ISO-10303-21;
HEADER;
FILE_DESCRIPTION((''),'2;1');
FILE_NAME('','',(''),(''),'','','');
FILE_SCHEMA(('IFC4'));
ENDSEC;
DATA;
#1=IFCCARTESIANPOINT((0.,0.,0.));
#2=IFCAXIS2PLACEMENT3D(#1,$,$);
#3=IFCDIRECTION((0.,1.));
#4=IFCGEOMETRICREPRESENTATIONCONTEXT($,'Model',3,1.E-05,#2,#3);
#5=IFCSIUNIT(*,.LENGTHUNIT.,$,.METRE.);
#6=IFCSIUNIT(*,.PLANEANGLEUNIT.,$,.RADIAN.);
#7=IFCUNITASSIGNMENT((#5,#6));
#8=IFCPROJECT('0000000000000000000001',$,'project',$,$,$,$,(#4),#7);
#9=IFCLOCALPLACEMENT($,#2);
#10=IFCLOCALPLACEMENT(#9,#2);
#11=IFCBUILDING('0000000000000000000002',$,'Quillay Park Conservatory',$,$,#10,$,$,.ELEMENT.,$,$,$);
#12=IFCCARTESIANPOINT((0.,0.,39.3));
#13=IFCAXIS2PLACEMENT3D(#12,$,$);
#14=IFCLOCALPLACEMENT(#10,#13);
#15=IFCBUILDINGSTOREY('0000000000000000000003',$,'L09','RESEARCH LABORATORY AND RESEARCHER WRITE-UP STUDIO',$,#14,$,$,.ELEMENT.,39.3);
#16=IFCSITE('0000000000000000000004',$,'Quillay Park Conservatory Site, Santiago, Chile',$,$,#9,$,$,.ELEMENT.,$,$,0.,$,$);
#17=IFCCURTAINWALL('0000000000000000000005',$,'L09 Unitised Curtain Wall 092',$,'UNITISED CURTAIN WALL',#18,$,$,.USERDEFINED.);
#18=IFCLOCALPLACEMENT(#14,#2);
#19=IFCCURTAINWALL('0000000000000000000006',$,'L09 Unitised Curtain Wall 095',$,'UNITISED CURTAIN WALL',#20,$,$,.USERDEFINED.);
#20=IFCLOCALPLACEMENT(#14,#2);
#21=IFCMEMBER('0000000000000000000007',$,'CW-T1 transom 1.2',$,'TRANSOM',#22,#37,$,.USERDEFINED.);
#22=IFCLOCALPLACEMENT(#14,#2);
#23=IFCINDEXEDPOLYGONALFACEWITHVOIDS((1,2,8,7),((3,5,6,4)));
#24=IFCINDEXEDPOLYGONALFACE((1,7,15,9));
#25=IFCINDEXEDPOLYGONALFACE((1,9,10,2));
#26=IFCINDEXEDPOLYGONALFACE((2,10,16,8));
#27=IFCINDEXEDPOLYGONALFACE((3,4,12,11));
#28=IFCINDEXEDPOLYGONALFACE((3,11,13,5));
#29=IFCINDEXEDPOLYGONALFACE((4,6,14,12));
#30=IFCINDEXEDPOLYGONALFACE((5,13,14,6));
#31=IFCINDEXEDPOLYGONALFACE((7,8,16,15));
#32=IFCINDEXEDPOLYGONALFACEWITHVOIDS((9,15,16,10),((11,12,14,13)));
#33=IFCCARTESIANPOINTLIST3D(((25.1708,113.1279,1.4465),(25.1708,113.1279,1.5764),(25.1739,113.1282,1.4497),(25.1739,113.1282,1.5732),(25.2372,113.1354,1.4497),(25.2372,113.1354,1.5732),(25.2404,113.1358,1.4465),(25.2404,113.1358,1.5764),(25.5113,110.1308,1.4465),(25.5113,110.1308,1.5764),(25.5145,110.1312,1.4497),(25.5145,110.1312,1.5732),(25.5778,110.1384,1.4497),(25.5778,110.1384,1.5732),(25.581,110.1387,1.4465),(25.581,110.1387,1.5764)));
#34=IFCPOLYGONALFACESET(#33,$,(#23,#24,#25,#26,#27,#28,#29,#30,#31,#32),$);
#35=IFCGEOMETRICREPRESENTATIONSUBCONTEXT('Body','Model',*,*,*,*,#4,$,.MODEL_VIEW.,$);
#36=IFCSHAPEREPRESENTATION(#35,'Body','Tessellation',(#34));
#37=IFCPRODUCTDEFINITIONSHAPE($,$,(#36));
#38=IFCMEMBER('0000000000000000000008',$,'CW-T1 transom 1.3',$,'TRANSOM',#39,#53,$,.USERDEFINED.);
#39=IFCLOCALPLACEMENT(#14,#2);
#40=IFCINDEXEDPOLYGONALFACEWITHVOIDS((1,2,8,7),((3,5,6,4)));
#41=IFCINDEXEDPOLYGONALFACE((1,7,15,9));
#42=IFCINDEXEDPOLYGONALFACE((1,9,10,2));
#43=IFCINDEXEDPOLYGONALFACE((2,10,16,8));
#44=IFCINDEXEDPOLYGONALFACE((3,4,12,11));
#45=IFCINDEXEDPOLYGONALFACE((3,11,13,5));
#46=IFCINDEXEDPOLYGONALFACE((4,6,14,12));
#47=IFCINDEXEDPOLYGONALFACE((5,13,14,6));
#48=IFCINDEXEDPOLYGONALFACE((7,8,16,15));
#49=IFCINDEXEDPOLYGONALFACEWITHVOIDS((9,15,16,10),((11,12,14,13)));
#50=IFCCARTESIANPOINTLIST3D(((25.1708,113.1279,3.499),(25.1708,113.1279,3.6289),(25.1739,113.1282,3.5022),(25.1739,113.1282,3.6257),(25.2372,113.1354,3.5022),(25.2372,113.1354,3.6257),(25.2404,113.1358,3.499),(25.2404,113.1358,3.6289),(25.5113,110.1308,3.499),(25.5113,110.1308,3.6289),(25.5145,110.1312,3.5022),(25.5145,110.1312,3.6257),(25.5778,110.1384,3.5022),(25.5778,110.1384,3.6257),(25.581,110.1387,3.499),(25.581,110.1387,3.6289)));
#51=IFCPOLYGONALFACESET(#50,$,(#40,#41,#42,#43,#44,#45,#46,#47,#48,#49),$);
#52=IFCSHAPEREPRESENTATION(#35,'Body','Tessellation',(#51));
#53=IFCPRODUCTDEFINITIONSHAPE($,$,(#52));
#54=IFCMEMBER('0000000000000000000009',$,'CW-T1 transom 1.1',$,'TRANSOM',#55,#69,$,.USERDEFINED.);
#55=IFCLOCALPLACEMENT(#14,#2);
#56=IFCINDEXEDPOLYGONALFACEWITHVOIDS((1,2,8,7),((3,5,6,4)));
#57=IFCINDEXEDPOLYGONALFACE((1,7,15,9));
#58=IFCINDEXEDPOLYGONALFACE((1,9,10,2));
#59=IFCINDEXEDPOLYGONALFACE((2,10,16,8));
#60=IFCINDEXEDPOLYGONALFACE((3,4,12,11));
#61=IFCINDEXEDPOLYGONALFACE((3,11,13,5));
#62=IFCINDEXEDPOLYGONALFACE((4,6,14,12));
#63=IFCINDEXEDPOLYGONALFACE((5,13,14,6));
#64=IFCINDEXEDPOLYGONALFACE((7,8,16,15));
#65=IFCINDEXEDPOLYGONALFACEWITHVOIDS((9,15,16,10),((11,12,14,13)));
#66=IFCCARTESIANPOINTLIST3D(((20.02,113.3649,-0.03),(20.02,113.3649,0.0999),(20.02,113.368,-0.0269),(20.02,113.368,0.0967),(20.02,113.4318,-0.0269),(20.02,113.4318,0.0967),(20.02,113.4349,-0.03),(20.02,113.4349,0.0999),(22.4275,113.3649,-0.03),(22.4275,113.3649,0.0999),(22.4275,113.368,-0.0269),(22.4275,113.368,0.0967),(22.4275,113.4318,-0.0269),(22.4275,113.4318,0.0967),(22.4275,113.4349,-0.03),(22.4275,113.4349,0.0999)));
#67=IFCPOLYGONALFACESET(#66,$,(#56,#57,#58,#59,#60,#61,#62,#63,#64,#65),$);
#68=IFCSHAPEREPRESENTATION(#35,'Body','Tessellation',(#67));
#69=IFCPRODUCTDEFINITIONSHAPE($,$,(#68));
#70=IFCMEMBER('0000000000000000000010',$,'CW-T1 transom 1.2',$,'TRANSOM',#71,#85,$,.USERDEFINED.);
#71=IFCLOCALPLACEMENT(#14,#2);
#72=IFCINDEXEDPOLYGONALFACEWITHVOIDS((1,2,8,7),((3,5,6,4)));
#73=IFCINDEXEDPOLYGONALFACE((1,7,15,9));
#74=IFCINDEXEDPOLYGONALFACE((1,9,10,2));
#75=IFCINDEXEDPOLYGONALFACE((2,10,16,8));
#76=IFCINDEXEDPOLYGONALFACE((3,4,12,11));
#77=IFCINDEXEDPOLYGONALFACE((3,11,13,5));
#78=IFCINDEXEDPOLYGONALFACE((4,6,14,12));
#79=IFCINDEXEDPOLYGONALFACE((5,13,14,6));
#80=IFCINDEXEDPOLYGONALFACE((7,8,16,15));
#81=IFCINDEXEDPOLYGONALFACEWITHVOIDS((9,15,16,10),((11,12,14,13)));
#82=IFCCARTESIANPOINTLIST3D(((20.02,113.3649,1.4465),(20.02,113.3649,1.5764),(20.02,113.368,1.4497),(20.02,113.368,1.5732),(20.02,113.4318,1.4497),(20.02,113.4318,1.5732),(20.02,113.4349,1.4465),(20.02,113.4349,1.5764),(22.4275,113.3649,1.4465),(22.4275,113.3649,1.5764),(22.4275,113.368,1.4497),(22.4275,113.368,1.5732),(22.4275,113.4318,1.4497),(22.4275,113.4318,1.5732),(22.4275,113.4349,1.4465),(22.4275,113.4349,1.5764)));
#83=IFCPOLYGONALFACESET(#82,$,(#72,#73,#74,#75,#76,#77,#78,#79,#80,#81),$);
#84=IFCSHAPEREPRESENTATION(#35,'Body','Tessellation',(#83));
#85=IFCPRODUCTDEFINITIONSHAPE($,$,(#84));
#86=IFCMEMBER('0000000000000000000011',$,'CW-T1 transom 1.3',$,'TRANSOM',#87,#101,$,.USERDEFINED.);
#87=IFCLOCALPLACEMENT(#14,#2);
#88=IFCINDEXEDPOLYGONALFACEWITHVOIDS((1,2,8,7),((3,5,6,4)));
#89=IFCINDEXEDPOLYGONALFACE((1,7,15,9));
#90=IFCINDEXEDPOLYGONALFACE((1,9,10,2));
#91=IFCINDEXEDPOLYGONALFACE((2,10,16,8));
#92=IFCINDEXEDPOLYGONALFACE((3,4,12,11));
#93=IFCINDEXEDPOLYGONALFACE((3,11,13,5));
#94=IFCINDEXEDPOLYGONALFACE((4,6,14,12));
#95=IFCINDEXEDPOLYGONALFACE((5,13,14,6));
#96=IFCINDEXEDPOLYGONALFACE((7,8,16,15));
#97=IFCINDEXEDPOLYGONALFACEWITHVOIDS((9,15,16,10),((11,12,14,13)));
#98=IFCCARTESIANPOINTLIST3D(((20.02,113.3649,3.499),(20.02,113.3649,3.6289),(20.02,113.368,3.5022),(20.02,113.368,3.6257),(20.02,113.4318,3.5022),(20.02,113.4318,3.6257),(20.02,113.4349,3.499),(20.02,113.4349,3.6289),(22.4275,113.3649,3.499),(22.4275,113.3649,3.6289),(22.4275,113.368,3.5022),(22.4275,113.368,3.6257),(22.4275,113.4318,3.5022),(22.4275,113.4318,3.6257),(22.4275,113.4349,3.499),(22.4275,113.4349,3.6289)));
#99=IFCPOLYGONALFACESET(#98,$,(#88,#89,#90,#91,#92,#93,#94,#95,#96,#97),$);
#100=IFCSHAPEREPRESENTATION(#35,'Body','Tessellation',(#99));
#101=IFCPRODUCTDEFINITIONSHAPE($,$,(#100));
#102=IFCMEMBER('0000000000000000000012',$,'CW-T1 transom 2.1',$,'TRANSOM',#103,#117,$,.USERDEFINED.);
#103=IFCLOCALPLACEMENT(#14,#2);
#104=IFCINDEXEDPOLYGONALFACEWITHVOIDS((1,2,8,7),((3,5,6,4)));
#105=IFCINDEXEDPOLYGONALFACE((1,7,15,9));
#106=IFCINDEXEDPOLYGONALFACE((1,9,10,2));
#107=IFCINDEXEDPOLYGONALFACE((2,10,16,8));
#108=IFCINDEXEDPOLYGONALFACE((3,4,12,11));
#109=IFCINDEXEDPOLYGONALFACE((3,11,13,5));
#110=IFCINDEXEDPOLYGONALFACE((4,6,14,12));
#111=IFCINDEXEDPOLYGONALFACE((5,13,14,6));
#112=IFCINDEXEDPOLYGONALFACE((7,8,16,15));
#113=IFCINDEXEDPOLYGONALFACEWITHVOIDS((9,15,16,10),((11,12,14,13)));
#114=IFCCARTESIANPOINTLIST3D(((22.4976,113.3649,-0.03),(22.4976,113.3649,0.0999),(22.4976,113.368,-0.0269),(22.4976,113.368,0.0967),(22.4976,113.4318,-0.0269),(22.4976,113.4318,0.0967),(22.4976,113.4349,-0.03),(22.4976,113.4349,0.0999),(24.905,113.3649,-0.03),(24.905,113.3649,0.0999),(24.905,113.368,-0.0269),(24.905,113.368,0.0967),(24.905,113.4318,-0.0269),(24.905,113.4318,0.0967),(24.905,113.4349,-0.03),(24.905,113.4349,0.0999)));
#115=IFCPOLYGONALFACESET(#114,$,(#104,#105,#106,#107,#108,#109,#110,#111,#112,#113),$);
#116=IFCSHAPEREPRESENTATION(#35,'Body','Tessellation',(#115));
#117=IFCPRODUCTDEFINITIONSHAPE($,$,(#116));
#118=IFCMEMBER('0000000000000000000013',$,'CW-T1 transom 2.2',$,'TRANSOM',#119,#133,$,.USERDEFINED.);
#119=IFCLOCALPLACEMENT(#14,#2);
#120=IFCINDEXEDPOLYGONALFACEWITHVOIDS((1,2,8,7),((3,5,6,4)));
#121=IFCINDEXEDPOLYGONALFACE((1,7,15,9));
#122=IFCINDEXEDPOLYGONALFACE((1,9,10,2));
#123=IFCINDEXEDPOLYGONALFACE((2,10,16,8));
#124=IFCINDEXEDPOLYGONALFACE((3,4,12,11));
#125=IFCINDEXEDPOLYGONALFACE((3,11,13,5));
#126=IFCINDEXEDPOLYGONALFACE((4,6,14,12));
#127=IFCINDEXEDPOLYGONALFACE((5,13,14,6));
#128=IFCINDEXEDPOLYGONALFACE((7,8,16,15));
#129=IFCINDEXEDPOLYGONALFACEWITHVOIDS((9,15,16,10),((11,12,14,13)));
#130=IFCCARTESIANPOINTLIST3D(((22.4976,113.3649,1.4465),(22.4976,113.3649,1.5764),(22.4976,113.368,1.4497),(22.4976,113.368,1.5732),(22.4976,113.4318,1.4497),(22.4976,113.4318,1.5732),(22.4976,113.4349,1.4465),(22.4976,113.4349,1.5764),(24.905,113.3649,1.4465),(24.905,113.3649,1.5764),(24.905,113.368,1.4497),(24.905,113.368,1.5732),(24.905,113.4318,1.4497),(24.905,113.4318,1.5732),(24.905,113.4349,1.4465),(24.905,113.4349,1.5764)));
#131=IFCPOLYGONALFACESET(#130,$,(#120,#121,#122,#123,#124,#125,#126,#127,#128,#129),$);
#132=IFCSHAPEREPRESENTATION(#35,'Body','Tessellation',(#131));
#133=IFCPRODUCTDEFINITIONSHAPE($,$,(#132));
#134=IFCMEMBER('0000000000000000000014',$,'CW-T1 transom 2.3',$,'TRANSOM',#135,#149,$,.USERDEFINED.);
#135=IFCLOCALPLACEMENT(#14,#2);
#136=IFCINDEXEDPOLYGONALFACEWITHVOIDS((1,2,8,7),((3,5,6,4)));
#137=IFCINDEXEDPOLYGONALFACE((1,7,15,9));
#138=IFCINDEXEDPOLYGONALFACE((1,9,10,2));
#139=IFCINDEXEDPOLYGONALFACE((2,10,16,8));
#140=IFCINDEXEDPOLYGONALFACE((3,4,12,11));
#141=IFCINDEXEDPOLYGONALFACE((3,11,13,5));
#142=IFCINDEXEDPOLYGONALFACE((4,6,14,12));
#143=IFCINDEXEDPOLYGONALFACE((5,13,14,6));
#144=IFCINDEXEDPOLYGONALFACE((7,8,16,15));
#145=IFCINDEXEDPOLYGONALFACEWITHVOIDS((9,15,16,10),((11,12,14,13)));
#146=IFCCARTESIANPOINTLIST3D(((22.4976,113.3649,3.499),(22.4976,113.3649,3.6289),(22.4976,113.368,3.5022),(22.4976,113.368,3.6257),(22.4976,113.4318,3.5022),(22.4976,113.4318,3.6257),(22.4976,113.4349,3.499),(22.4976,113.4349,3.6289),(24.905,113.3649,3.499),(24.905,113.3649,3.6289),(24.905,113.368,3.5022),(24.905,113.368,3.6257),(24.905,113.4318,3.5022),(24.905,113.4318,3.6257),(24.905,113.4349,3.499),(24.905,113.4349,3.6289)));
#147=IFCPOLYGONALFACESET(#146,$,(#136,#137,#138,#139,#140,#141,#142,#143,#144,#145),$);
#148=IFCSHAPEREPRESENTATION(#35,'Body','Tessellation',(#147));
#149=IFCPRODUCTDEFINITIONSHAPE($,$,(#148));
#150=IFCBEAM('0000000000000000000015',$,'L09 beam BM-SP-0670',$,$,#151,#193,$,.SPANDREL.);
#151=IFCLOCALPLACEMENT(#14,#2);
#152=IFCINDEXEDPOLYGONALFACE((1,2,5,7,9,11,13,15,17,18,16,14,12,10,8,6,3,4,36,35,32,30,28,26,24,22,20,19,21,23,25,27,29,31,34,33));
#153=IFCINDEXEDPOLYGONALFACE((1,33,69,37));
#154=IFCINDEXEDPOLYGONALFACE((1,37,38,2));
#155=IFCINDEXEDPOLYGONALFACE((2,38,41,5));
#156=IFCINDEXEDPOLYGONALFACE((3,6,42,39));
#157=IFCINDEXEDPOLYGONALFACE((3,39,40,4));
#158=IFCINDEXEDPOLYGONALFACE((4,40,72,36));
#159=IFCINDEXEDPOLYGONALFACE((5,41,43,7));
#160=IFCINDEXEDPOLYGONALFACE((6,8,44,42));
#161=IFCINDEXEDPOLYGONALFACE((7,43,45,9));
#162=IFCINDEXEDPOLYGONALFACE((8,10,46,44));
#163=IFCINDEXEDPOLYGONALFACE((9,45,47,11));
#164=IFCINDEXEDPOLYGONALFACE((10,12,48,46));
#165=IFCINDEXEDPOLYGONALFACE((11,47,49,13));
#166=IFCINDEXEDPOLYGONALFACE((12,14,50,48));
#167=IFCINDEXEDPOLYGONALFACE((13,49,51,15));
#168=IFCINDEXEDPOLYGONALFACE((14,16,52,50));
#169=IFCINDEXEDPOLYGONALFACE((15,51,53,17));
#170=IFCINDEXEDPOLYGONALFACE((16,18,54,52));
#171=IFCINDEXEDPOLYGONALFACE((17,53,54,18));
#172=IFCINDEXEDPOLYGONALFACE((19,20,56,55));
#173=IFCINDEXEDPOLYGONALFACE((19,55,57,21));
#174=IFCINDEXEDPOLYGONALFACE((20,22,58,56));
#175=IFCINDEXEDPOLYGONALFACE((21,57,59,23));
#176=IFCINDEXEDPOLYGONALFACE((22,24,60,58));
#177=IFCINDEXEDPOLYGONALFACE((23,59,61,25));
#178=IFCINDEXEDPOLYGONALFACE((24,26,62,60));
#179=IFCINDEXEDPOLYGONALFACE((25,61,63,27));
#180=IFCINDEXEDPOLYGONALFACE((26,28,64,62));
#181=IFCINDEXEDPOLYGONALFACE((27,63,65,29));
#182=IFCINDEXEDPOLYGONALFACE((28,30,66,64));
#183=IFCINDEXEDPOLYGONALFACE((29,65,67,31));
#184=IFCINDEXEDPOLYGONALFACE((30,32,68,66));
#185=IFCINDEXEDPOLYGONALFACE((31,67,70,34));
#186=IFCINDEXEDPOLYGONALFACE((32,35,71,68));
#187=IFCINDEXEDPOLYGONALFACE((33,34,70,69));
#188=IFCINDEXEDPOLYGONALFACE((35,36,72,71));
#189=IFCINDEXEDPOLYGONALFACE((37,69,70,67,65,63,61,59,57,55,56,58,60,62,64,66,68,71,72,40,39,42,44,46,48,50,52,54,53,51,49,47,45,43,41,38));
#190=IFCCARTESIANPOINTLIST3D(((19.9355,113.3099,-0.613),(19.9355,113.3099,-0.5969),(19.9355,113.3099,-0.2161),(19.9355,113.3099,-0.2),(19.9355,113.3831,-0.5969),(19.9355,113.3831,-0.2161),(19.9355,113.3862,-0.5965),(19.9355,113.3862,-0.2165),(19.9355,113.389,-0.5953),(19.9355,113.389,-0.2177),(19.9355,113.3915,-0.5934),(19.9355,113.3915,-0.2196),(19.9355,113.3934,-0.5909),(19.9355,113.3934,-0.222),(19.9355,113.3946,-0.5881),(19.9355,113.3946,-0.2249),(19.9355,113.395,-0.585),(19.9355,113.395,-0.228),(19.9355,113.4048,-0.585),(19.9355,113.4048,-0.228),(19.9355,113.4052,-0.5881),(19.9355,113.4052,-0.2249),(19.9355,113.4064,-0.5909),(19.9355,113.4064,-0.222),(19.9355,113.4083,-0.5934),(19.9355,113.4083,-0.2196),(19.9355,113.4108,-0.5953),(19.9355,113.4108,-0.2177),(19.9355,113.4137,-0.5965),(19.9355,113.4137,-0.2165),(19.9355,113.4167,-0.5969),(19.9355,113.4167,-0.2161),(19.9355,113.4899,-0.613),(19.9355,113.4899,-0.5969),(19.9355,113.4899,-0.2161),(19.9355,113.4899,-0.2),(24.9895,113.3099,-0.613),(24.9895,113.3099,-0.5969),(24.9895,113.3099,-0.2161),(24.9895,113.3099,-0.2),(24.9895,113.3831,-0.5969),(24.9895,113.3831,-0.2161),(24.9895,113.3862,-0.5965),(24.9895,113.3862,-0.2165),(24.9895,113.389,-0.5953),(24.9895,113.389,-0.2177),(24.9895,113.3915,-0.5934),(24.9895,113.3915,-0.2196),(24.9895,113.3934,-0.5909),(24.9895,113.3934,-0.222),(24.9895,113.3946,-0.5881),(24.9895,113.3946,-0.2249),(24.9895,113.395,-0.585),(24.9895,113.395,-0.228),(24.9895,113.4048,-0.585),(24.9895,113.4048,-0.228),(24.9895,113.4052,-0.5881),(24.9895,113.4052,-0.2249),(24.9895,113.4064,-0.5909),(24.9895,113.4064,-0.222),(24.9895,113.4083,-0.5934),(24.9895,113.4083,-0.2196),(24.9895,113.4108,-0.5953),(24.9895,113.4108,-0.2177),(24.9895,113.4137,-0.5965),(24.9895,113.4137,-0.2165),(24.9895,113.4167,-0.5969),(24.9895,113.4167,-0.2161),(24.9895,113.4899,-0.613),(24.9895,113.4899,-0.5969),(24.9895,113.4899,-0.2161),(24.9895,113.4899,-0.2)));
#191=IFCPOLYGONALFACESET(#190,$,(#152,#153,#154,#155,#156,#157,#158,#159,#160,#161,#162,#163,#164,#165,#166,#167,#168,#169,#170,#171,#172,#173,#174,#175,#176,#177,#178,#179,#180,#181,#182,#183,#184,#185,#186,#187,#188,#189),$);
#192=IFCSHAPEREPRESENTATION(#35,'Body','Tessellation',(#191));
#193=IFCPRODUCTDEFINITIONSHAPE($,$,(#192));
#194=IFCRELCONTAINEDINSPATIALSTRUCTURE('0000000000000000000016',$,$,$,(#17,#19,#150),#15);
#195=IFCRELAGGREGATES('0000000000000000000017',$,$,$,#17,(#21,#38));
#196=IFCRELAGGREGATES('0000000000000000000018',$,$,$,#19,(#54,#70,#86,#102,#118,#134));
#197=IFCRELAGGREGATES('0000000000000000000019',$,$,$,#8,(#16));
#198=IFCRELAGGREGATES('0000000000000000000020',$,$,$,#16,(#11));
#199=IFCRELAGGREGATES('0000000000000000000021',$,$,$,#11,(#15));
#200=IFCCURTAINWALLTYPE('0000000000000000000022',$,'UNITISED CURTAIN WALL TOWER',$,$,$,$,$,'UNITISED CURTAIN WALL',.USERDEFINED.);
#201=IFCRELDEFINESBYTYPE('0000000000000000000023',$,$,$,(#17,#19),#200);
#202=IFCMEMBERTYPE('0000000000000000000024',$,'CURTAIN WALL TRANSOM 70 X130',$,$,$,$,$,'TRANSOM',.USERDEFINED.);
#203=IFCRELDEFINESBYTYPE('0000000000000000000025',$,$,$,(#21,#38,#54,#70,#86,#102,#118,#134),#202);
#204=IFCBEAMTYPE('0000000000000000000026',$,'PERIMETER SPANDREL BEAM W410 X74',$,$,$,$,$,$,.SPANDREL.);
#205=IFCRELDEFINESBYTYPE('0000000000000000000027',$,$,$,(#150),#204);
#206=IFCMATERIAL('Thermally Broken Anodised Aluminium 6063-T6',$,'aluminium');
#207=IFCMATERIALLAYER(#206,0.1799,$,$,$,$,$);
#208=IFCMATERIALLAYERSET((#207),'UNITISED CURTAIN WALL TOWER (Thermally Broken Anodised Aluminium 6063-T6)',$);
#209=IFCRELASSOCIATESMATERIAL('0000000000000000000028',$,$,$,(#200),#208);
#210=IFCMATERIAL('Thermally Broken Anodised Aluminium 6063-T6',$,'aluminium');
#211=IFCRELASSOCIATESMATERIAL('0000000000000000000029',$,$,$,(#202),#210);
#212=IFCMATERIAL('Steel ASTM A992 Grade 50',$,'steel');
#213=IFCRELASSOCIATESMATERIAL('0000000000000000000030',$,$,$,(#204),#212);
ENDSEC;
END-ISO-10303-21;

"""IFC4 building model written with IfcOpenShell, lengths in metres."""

from ifc_helpers import new_model, si_unit, direction, frame, origin, origin_2d, place, context, subcontext, project, spatial, hollow_rectangle, i_section, extrude, material, layer, layer_set, material_profile, profile_set, type_object, element, aggregate, save


model = new_model("IFC4")

# Units and contexts
model_context = context("Model", 3, precision=1e-05, world=origin(), true_north=direction((0.0, 1.0)))
body_context = subcontext(model_context, "Body", "Model", "MODEL_VIEW")
ifc_project = project(units=[si_unit("LENGTHUNIT", "METRE"), si_unit("PLANEANGLEUNIT", "RADIAN")], contexts=[model_context])

# Site, building, storey
site_placement = place(None, origin())
site = spatial("IfcSite", under=ifc_project, at=site_placement, Name="Quillay Park Conservatory Site, Santiago, Chile", CompositionType="ELEMENT", RefElevation=0.0)
building_placement = place(site_placement, origin())
building = spatial("IfcBuilding", under=site, at=building_placement, Name="Quillay Park Conservatory", CompositionType="ELEMENT")
storey_placement = place(building_placement, frame((0.0, 0.0, 39.3)))
storey = spatial("IfcBuildingStorey", under=building, at=storey_placement, Name="L09", Description="RESEARCH LABORATORY AND RESEARCHER WRITE-UP STUDIO", CompositionType="ELEMENT", Elevation=39.3)

# Curtain wall
ifc_material_1 = material(Name="Thermally Broken Anodised Aluminium 6063-T6", Category="aluminium")
ifc_layer_1 = layer(ifc_material_1, 0.1799)
ifc_layer_set_1 = layer_set([ifc_layer_1], Name="UNITISED CURTAIN WALL TOWER (Thermally Broken Anodised Aluminium 6063-T6)")
curtain_wall_type = type_object("IfcCurtainWallType", Name="UNITISED CURTAIN WALL TOWER", ElementType="UNITISED CURTAIN WALL", PredefinedType="USERDEFINED", material=ifc_layer_set_1)
curtain_wall_1_placement = place(storey_placement, origin())
curtain_wall_1 = element("IfcCurtainWall", 1, at=curtain_wall_1_placement, inside=storey, type_object=curtain_wall_type, Name="L09 Unitised Curtain Wall 092", ObjectType="UNITISED CURTAIN WALL", PredefinedType="USERDEFINED")

# Curtain wall
curtain_wall_2_placement = place(storey_placement, origin())
curtain_wall_2 = element("IfcCurtainWall", 2, at=curtain_wall_2_placement, inside=storey, type_object=curtain_wall_type, Name="L09 Unitised Curtain Wall 095", ObjectType="UNITISED CURTAIN WALL", PredefinedType="USERDEFINED")

# Members
ifc_material_2 = material(Name="Thermally Broken Anodised Aluminium 6063-T6", Category="aluminium")
ifc_material_profile_1 = material_profile(ifc_material_2, hollow_rectangle(XDim=0.0701, YDim=0.1299, WallThickness=0.0032, at=origin_2d()), Name="AL70x130x3.2")
ifc_profile_set_1 = profile_set([ifc_material_profile_1], Name="Thermally Broken Anodised Aluminium 6063-T6")
member_type_1 = type_object("IfcMemberType", Name="CURTAIN WALL TRANSOM 70 X130", ElementType="TRANSOM", PredefinedType="USERDEFINED", material=ifc_profile_set_1)
member_1_placement = place(storey_placement, frame((25.2056, 113.1318, 1.5115), z_axis=(0.11291, -0.993605, 0.0), x_axis=(0.993605, 0.11291, 0.0)))
member_1 = element("IfcMember", 3, at=member_1_placement, type_object=member_type_1, Name="CW-T1 transom 1.2", ObjectType="TRANSOM", PredefinedType="USERDEFINED", context=body_context, shape_type="SweptSolid", body=[
    extrude(hollow_rectangle(XDim=0.0701, YDim=0.1299, WallThickness=0.0032, at=origin_2d()), origin(), (0.0, 0.0, 1.0), 3.0164),
])
member_2_placement = place(storey_placement, frame((25.2056, 113.1318, 3.564), z_axis=(0.11291, -0.993605, 0.0), x_axis=(0.993605, 0.11291, 0.0)))
member_2 = element("IfcMember", 4, at=member_2_placement, type_object=member_type_1, Name="CW-T1 transom 1.3", ObjectType="TRANSOM", PredefinedType="USERDEFINED", context=body_context, shape_type="SweptSolid", body=[
    extrude(hollow_rectangle(XDim=0.0701, YDim=0.1299, WallThickness=0.0032, at=origin_2d()), origin(), (0.0, 0.0, 1.0), 3.0164),
])
aggregate(curtain_wall_1, [member_1, member_2])
member_3_placement = place(storey_placement, frame((20.02, 113.3999, 0.0349), z_axis=(1.0, 0.0, 0.0), x_axis=(0.0, 1.0, 0.0)))
member_3 = element("IfcMember", 5, at=member_3_placement, type_object=member_type_1, Name="CW-T1 transom 1.1", ObjectType="TRANSOM", PredefinedType="USERDEFINED", context=body_context, shape_type="SweptSolid", body=[
    extrude(hollow_rectangle(XDim=0.0701, YDim=0.1299, WallThickness=0.0032, at=origin_2d()), origin(), (0.0, 0.0, 1.0), 2.4075),
])
member_4_placement = place(storey_placement, frame((20.02, 113.3999, 1.5115), z_axis=(1.0, 0.0, 0.0), x_axis=(0.0, 1.0, 0.0)))
member_4 = element("IfcMember", 6, at=member_4_placement, type_object=member_type_1, Name="CW-T1 transom 1.2", ObjectType="TRANSOM", PredefinedType="USERDEFINED", context=body_context, shape_type="SweptSolid", body=[
    extrude(hollow_rectangle(XDim=0.0701, YDim=0.1299, WallThickness=0.0032, at=origin_2d()), origin(), (0.0, 0.0, 1.0), 2.4075),
])
member_5_placement = place(storey_placement, frame((20.02, 113.3999, 3.564), z_axis=(1.0, 0.0, 0.0), x_axis=(0.0, 1.0, 0.0)))
member_5 = element("IfcMember", 7, at=member_5_placement, type_object=member_type_1, Name="CW-T1 transom 1.3", ObjectType="TRANSOM", PredefinedType="USERDEFINED", context=body_context, shape_type="SweptSolid", body=[
    extrude(hollow_rectangle(XDim=0.0701, YDim=0.1299, WallThickness=0.0032, at=origin_2d()), origin(), (0.0, 0.0, 1.0), 2.4075),
])
member_6_placement = place(storey_placement, frame((22.4976, 113.3999, 0.0349), z_axis=(1.0, 0.0, 0.0), x_axis=(0.0, 1.0, 0.0)))
member_6 = element("IfcMember", 8, at=member_6_placement, type_object=member_type_1, Name="CW-T1 transom 2.1", ObjectType="TRANSOM", PredefinedType="USERDEFINED", context=body_context, shape_type="SweptSolid", body=[
    extrude(hollow_rectangle(XDim=0.0701, YDim=0.1299, WallThickness=0.0032, at=origin_2d()), origin(), (0.0, 0.0, 1.0), 2.4075),
])
member_7_placement = place(storey_placement, frame((22.4976, 113.3999, 1.5115), z_axis=(1.0, 0.0, 0.0), x_axis=(0.0, 1.0, 0.0)))
member_7 = element("IfcMember", 9, at=member_7_placement, type_object=member_type_1, Name="CW-T1 transom 2.2", ObjectType="TRANSOM", PredefinedType="USERDEFINED", context=body_context, shape_type="SweptSolid", body=[
    extrude(hollow_rectangle(XDim=0.0701, YDim=0.1299, WallThickness=0.0032, at=origin_2d()), origin(), (0.0, 0.0, 1.0), 2.4075),
])
member_8_placement = place(storey_placement, frame((22.4976, 113.3999, 3.564), z_axis=(1.0, 0.0, 0.0), x_axis=(0.0, 1.0, 0.0)))
member_8 = element("IfcMember", 10, at=member_8_placement, type_object=member_type_1, Name="CW-T1 transom 2.3", ObjectType="TRANSOM", PredefinedType="USERDEFINED", context=body_context, shape_type="SweptSolid", body=[
    extrude(hollow_rectangle(XDim=0.0701, YDim=0.1299, WallThickness=0.0032, at=origin_2d()), origin(), (0.0, 0.0, 1.0), 2.4075),
])

# Beam
ifc_material_3 = material(Name="Steel ASTM A992 Grade 50", Category="steel")
ifc_material_profile_2 = material_profile(ifc_material_3, i_section(OverallWidth=0.1799, OverallDepth=0.4131, WebThickness=0.0098, FlangeThickness=0.0161, FilletRadius=0.012, at=origin_2d()), Name="W410x74")
ifc_profile_set_2 = profile_set([ifc_material_profile_2], Name="Steel ASTM A992 Grade 50")
beam_type = type_object("IfcBeamType", Name="PERIMETER SPANDREL BEAM W410 X74", PredefinedType="SPANDREL", material=ifc_profile_set_2)
beam_placement = place(storey_placement, frame((19.9355, 113.3999, -0.4065), z_axis=(1.0, 0.0, 0.0), x_axis=(0.0, 1.0, 0.0)))
element("IfcBeam", 11, at=beam_placement, inside=storey, type_object=beam_type, Name="L09 beam BM-SP-0670", PredefinedType="SPANDREL", context=body_context, shape_type="SweptSolid", body=[
    extrude(i_section(OverallWidth=0.1799, OverallDepth=0.4131, WebThickness=0.0098, FlangeThickness=0.0161, FilletRadius=0.012, at=origin_2d()), origin(), (0.0, 0.0, 1.0), 5.054),
])

aggregate(curtain_wall_2, [member_3, member_4, member_5, member_6, member_7, member_8])

save(model, "model.ifc")
